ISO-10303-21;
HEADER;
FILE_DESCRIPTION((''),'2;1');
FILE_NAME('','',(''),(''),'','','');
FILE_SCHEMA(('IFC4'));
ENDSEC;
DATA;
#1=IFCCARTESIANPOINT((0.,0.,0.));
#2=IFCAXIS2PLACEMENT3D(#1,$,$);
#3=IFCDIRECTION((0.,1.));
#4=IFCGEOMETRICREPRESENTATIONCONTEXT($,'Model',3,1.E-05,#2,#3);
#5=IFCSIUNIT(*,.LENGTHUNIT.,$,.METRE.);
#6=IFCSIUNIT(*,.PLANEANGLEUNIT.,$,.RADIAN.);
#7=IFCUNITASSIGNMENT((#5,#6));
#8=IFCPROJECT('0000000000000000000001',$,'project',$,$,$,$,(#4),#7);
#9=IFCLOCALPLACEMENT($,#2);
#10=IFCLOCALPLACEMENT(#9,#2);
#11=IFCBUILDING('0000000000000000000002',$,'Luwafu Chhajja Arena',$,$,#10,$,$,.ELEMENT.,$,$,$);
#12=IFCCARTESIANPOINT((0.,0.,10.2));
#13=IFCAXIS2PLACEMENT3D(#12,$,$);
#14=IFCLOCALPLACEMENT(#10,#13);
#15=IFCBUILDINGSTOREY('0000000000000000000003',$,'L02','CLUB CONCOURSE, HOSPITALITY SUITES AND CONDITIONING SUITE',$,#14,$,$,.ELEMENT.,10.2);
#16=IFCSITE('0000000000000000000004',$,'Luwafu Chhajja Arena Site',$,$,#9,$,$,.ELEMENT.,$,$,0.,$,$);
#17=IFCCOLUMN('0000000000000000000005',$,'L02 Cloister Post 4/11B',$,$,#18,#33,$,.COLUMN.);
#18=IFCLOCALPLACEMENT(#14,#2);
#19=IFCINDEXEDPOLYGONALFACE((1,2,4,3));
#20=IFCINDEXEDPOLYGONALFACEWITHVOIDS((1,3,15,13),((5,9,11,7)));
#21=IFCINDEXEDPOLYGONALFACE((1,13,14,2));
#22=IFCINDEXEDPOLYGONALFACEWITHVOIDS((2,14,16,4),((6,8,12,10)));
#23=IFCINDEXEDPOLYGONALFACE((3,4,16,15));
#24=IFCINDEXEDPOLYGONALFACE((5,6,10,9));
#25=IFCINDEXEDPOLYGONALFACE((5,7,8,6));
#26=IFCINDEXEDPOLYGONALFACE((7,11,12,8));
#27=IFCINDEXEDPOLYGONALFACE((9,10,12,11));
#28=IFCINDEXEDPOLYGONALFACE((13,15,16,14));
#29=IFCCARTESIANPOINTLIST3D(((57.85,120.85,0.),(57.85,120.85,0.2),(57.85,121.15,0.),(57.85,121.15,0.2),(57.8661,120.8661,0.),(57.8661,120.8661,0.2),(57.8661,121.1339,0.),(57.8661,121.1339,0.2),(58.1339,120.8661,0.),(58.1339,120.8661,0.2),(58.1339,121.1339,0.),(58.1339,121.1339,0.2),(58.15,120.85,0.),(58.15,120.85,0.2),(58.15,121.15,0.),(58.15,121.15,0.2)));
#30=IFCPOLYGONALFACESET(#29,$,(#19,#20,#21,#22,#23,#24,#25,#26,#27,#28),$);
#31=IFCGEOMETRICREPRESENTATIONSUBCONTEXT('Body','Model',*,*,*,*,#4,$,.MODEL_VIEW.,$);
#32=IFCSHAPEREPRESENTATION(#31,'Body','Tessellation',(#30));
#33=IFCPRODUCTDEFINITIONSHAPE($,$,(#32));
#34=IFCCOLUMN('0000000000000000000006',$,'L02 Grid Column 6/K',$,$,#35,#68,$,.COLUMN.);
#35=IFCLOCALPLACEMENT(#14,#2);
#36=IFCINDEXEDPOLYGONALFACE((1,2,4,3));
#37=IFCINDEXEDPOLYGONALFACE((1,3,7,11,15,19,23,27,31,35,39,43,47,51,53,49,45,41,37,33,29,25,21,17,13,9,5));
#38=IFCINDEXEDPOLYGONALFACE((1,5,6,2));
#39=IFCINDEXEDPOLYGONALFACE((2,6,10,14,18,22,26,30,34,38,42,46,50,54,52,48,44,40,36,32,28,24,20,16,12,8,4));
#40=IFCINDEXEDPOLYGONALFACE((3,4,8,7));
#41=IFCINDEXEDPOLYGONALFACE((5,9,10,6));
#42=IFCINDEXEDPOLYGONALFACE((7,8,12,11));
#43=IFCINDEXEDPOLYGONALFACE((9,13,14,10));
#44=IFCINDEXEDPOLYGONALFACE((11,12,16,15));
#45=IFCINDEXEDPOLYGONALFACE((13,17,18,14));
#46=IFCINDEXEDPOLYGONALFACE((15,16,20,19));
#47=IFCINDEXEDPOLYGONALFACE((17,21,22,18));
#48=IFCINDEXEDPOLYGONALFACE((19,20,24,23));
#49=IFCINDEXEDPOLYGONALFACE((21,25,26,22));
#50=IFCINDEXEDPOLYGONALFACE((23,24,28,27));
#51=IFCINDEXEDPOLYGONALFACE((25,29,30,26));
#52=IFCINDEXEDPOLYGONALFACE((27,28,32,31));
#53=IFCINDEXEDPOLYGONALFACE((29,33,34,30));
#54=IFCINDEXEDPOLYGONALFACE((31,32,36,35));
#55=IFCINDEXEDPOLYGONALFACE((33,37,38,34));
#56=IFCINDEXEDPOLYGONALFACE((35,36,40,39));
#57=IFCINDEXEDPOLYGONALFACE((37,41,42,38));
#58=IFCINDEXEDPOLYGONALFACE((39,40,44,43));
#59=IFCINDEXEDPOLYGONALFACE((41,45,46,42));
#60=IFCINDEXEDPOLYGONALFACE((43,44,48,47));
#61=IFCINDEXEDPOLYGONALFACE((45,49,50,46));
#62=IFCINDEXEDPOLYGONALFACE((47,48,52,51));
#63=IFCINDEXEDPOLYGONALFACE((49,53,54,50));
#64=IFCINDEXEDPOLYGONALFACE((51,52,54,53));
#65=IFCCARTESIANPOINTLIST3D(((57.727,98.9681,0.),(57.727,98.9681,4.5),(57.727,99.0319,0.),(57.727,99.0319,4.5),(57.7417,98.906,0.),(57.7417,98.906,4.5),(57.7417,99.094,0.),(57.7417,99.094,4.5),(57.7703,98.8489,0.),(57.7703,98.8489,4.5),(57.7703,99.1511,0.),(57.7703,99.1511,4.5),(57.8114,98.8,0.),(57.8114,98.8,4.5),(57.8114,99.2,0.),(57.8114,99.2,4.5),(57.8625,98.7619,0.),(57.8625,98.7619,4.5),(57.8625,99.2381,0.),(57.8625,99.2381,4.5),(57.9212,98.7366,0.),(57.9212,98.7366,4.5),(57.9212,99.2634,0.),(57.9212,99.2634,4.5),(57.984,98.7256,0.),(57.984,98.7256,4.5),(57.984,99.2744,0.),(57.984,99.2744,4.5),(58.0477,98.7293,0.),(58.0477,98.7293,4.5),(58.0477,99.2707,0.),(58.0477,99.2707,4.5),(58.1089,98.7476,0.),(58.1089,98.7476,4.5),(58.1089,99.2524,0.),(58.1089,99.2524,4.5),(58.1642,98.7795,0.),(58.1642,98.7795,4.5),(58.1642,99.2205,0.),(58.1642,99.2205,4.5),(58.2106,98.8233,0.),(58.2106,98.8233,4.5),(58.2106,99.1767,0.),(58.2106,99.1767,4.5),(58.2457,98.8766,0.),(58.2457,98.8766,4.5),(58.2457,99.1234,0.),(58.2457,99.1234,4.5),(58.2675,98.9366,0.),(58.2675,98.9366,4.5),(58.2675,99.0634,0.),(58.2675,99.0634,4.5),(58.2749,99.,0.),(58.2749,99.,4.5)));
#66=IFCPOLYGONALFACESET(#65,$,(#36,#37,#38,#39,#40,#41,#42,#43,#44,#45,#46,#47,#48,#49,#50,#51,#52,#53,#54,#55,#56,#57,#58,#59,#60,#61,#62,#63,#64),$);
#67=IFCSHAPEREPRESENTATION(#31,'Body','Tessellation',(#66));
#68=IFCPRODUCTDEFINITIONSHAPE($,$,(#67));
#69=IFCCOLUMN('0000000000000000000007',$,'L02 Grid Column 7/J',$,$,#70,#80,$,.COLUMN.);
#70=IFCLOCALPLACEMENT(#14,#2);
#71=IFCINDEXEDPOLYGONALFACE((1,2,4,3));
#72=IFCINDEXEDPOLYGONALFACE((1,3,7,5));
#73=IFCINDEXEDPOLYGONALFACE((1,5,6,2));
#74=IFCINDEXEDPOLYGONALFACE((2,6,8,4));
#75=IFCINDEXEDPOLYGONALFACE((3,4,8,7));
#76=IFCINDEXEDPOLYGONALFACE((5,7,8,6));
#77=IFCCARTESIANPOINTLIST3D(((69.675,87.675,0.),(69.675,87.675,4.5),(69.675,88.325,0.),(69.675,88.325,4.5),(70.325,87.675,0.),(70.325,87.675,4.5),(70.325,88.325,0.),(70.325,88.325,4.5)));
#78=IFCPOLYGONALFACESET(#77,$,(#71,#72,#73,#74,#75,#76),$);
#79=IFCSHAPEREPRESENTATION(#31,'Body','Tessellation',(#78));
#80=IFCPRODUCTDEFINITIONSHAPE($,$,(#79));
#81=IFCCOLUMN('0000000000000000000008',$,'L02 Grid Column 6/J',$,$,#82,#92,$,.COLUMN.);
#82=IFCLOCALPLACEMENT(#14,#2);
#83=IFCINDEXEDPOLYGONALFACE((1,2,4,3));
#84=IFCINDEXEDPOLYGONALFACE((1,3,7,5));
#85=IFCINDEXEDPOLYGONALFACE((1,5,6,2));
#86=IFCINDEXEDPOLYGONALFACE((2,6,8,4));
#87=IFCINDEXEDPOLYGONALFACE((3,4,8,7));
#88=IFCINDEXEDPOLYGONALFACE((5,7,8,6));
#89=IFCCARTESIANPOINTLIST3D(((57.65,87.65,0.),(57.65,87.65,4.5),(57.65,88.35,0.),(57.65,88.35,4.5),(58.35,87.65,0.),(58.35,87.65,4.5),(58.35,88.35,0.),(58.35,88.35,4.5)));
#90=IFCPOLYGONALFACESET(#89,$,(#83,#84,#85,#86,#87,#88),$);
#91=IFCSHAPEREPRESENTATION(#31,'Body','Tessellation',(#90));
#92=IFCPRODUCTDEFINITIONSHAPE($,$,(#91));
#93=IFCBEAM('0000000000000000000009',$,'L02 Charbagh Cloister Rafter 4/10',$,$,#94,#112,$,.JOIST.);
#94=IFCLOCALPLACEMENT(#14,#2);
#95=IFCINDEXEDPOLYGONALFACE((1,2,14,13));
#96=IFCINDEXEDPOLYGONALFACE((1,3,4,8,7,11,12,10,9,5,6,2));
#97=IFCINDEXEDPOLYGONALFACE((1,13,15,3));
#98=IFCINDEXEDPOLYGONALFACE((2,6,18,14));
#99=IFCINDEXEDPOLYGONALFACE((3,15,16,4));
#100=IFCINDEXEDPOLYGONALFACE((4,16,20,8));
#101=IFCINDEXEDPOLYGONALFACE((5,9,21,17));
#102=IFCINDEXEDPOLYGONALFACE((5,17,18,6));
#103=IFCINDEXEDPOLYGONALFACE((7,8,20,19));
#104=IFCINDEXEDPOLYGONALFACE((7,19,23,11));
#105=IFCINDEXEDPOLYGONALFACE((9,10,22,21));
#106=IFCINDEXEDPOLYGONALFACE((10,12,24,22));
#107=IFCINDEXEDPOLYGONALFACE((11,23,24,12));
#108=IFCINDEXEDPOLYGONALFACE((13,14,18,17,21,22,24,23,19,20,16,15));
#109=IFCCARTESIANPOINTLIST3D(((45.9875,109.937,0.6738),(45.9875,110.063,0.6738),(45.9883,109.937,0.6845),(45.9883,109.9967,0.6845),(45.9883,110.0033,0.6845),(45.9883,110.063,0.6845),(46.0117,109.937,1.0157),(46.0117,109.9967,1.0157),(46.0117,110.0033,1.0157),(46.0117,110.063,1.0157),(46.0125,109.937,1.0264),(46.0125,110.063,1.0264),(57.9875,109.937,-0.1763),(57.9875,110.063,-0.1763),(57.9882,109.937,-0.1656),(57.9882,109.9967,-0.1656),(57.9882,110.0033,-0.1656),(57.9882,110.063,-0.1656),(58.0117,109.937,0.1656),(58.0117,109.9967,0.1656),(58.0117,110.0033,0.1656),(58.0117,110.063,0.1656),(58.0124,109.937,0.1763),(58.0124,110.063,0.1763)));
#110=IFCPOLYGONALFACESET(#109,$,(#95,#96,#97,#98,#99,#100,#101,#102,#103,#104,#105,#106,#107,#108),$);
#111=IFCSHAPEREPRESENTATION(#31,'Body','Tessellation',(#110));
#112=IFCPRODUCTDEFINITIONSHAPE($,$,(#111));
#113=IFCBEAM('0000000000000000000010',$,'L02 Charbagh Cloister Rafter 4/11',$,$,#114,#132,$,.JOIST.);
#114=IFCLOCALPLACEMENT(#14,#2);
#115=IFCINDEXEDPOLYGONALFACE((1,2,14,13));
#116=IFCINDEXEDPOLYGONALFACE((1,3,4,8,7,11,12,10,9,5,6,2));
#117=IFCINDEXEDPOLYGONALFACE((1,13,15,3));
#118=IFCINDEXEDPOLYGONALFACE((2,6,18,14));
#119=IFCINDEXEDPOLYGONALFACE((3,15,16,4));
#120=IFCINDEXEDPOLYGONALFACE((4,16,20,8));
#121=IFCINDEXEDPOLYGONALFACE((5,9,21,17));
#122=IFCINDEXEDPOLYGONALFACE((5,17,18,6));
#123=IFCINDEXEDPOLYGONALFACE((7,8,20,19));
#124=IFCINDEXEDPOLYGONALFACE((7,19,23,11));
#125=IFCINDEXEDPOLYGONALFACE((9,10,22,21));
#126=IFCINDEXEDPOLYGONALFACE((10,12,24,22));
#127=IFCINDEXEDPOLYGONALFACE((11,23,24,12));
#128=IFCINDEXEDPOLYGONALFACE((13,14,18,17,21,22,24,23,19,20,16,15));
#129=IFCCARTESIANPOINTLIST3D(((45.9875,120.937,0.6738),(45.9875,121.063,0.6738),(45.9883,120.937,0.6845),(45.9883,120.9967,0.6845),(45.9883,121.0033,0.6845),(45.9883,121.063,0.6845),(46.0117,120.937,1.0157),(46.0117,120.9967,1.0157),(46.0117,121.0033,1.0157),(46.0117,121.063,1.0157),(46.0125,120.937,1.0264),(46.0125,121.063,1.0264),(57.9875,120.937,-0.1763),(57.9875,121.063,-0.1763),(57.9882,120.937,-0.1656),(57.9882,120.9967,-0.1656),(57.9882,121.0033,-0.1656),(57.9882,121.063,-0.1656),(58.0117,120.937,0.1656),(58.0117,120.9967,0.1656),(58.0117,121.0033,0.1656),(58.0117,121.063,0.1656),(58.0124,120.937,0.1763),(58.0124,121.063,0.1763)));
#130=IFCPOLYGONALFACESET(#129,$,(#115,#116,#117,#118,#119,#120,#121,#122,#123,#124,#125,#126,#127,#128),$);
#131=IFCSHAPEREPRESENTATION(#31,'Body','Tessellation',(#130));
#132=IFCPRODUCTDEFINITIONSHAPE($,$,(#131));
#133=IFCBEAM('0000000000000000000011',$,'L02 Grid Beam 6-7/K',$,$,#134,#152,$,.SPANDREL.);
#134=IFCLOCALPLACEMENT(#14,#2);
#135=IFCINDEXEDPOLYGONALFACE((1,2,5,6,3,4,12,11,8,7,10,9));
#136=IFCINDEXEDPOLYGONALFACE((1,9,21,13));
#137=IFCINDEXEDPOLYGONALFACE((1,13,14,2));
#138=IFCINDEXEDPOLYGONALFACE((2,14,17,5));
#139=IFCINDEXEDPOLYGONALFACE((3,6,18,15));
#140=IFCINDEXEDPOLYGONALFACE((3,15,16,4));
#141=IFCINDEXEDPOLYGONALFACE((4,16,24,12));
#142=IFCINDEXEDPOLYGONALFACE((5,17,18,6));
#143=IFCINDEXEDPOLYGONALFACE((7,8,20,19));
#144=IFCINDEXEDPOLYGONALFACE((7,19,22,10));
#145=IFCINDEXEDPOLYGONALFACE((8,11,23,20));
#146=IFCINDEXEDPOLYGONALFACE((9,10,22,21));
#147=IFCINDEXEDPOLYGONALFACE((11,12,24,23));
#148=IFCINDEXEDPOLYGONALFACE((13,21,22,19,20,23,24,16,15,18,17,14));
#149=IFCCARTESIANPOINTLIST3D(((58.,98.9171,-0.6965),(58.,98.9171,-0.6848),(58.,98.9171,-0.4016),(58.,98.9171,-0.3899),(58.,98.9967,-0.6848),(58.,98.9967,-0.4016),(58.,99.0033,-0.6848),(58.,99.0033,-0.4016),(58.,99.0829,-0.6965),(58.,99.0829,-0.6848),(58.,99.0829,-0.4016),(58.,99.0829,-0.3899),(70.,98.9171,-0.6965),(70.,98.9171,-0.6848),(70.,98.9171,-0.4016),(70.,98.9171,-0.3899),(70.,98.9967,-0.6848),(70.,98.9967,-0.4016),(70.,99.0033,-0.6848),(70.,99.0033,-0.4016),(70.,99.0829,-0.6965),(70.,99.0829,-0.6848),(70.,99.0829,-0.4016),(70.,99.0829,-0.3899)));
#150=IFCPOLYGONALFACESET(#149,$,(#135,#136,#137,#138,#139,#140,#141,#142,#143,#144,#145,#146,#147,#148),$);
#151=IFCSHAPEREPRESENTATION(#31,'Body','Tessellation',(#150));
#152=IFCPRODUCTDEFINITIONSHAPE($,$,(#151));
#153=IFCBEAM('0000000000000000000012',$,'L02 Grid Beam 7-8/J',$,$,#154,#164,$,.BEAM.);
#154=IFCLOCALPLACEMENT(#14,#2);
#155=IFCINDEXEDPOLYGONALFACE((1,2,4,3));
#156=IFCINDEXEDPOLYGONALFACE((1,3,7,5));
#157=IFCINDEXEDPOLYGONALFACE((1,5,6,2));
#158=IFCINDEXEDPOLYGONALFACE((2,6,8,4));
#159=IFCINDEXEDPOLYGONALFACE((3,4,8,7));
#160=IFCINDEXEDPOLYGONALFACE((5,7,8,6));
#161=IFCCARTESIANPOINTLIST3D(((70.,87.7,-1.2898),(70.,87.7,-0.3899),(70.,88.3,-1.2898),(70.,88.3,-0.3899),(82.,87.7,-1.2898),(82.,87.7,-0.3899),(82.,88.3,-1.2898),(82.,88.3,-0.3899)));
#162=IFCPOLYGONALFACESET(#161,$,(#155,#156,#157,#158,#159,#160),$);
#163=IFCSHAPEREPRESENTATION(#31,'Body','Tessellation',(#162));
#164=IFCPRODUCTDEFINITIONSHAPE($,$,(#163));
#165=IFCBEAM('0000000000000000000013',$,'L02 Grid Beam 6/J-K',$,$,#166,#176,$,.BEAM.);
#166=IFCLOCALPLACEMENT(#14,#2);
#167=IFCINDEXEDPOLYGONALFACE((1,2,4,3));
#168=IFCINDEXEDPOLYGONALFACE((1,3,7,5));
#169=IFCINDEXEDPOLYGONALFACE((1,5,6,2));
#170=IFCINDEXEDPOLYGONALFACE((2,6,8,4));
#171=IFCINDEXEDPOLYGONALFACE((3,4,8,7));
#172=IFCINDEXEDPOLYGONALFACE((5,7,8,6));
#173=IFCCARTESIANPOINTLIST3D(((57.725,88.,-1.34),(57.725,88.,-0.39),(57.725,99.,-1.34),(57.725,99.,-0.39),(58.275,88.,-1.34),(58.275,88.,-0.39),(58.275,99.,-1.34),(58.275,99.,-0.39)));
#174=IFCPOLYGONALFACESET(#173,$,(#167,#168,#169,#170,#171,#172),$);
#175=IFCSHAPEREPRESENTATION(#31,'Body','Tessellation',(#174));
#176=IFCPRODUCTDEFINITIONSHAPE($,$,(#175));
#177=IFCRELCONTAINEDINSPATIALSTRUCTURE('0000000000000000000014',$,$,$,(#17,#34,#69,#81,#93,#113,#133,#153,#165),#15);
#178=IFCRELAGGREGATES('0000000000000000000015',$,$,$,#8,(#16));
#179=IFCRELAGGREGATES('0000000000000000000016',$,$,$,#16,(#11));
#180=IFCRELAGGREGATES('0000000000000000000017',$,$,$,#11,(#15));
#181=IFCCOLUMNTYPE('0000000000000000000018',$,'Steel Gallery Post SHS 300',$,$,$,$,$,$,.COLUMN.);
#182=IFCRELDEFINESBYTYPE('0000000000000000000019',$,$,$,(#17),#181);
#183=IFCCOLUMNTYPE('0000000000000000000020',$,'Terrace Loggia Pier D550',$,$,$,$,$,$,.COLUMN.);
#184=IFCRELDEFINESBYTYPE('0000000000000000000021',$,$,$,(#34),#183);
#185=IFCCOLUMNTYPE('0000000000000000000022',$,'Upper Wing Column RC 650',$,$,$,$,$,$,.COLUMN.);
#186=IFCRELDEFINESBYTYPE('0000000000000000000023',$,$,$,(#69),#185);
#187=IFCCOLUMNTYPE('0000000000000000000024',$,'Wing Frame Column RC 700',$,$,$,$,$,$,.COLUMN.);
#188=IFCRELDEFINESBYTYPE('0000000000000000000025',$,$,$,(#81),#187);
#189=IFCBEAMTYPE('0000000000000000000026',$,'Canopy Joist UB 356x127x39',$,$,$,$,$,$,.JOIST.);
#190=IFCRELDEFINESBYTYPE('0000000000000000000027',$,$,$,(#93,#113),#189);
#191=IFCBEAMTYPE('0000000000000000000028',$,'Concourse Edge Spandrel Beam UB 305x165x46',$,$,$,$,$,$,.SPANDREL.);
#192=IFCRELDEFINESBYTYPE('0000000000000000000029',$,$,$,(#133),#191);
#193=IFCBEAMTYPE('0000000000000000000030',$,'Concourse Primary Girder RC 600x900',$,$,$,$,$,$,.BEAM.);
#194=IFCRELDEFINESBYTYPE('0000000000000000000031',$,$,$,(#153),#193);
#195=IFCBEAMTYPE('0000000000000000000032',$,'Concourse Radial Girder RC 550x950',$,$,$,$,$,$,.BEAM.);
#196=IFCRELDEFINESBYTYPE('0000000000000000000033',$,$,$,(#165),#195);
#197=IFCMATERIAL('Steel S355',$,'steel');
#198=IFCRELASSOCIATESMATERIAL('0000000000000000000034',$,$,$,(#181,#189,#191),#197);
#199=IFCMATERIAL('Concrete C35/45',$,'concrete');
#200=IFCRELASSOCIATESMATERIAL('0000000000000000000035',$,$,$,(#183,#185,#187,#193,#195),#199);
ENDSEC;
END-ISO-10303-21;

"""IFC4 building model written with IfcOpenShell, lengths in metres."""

from ifc_helpers import new_model, si_unit, direction, frame, origin, origin_2d, place, context, subcontext, project, spatial, rectangle, hollow_rectangle, circle, i_section, extrude, material, material_profile, profile_set, type_object, element, save


model = new_model("IFC4")

# Units and contexts
model_context = context("Model", 3, precision=1e-05, world=origin(), true_north=direction((0.0, 1.0)))
body_context = subcontext(model_context, "Body", "Model", "MODEL_VIEW")
ifc_project = project(units=[si_unit("LENGTHUNIT", "METRE"), si_unit("PLANEANGLEUNIT", "RADIAN")], contexts=[model_context])

# Site, building, storey
site_placement = place(None, origin())
site = spatial("IfcSite", under=ifc_project, at=site_placement, Name="Luwafu Chhajja Arena Site", CompositionType="ELEMENT", RefElevation=0.0)
building_placement = place(site_placement, origin())
building = spatial("IfcBuilding", under=site, at=building_placement, Name="Luwafu Chhajja Arena", CompositionType="ELEMENT")
storey_placement = place(building_placement, frame((0.0, 0.0, 10.2)))
storey = spatial("IfcBuildingStorey", under=building, at=storey_placement, Name="L02", Description="CLUB CONCOURSE, HOSPITALITY SUITES AND CONDITIONING SUITE", CompositionType="ELEMENT", Elevation=10.2)

# Columns
ifc_material_1 = material(Name="Steel S355", Category="steel")
ifc_material_profile_1 = material_profile(ifc_material_1, hollow_rectangle(XDim=0.3, YDim=0.3, WallThickness=0.0161, at=origin_2d()), Name="SHS 300x300x16")
ifc_profile_set_1 = profile_set([ifc_material_profile_1], Name="Steel S355")
column_type_1 = type_object("IfcColumnType", Name="Steel Gallery Post SHS 300", PredefinedType="COLUMN", material=ifc_profile_set_1)
column_1_placement = place(storey_placement, frame((58.0, 121.0, 0.0), z_axis=(0.0, 0.0, 1.0), x_axis=(1.0, 0.0, 0.0)))
element("IfcColumn", 1, at=column_1_placement, inside=storey, type_object=column_type_1, Name="L02 Cloister Post 4/11B", PredefinedType="COLUMN", context=body_context, shape_type="SweptSolid", body=[
    extrude(hollow_rectangle(XDim=0.3, YDim=0.3, WallThickness=0.0161, at=origin_2d()), origin(), (0.0, 0.0, 1.0), 0.2),
])
ifc_material_2 = material(Name="Concrete C35/45", Category="concrete")
ifc_material_profile_2 = material_profile(ifc_material_2, circle(Radius=0.2749, at=origin_2d()), Name="RC COL D550")
ifc_profile_set_2 = profile_set([ifc_material_profile_2], Name="Concrete C35/45")
column_type_2 = type_object("IfcColumnType", Name="Terrace Loggia Pier D550", PredefinedType="COLUMN", material=ifc_profile_set_2)
column_2_placement = place(storey_placement, frame((58.0, 99.0, 0.0), z_axis=(0.0, 0.0, 1.0), x_axis=(1.0, 0.0, 0.0)))
element("IfcColumn", 2, at=column_2_placement, inside=storey, type_object=column_type_2, Name="L02 Grid Column 6/K", PredefinedType="COLUMN", context=body_context, shape_type="SweptSolid", body=[
    extrude(circle(Radius=0.2749, at=origin_2d()), origin(), (0.0, 0.0, 1.0), 4.5),
])
ifc_material_profile_3 = material_profile(ifc_material_2, rectangle(XDim=0.6499, YDim=0.6499, at=origin_2d()), Name="RC 650x650")
ifc_profile_set_3 = profile_set([ifc_material_profile_3], Name="Concrete C35/45")
column_type_3 = type_object("IfcColumnType", Name="Upper Wing Column RC 650", PredefinedType="COLUMN", material=ifc_profile_set_3)
column_3_placement = place(storey_placement, frame((70.0, 88.0, 0.0), z_axis=(0.0, 0.0, 1.0), x_axis=(1.0, 0.0, 0.0)))
element("IfcColumn", 3, at=column_3_placement, inside=storey, type_object=column_type_3, Name="L02 Grid Column 7/J", PredefinedType="COLUMN", context=body_context, shape_type="SweptSolid", body=[
    extrude(rectangle(XDim=0.6499, YDim=0.6499, at=origin_2d()), origin(), (0.0, 0.0, 1.0), 4.5),
])
ifc_material_profile_4 = material_profile(ifc_material_2, rectangle(XDim=0.7, YDim=0.7, at=origin_2d()), Name="RC 700x700")
ifc_profile_set_4 = profile_set([ifc_material_profile_4], Name="Concrete C35/45")
column_type_4 = type_object("IfcColumnType", Name="Wing Frame Column RC 700", PredefinedType="COLUMN", material=ifc_profile_set_4)
column_4_placement = place(storey_placement, frame((58.0, 88.0, 0.0), z_axis=(0.0, 0.0, 1.0), x_axis=(1.0, 0.0, 0.0)))
element("IfcColumn", 4, at=column_4_placement, inside=storey, type_object=column_type_4, Name="L02 Grid Column 6/J", PredefinedType="COLUMN", context=body_context, shape_type="SweptSolid", body=[
    extrude(rectangle(XDim=0.7, YDim=0.7, at=origin_2d()), origin(), (0.0, 0.0, 1.0), 4.5),
])

# Beams
ifc_material_profile_5 = material_profile(ifc_material_1, i_section(OverallWidth=0.126, OverallDepth=0.3535, WebThickness=0.0066, FlangeThickness=0.0107, at=origin_2d()), Name="UB 356x127x39")
ifc_profile_set_5 = profile_set([ifc_material_profile_5], Name="Steel S355")
beam_type_1 = type_object("IfcBeamType", Name="Canopy Joist UB 356x127x39", PredefinedType="JOIST", material=ifc_profile_set_5)
for number, where, z_axis, x_axis, name in (
    (5, (46.0, 110.0, 0.8501), (0.9975, 0.0, -0.070664), (0.0, 1.0, 0.0), "L02 Charbagh Cloister Rafter 4/10"),
    (6, (46.0, 121.0, 0.8501), (0.9975, 0.0, -0.070664), (0.0, 1.0, 0.0), "L02 Charbagh Cloister Rafter 4/11"),
):
    element("IfcBeam", number, at=place(storey_placement, frame(where, z_axis=z_axis, x_axis=x_axis)), inside=storey, type_object=beam_type_1, Name=name, PredefinedType="JOIST", context=body_context, shape_type="SweptSolid", body=[
        extrude(i_section(OverallWidth=0.126, OverallDepth=0.3535, WebThickness=0.0066, FlangeThickness=0.0107, at=origin_2d()), origin(), (0.0, 0.0, 1.0), 12.03),
    ])
ifc_material_profile_6 = material_profile(ifc_material_1, i_section(OverallWidth=0.1658, OverallDepth=0.3066, WebThickness=0.0066, FlangeThickness=0.0117, at=origin_2d()), Name="UB 305x165x46")
ifc_profile_set_6 = profile_set([ifc_material_profile_6], Name="Steel S355")
beam_type_2 = type_object("IfcBeamType", Name="Concourse Edge Spandrel Beam UB 305x165x46", PredefinedType="SPANDREL", material=ifc_profile_set_6)
beam_1_placement = place(storey_placement, frame((58.0, 99.0, -0.5432), z_axis=(1.0, 0.0, 0.0), x_axis=(0.0, 1.0, 0.0)))
element("IfcBeam", 7, at=beam_1_placement, inside=storey, type_object=beam_type_2, Name="L02 Grid Beam 6-7/K", PredefinedType="SPANDREL", context=body_context, shape_type="SweptSolid", body=[
    extrude(i_section(OverallWidth=0.1658, OverallDepth=0.3066, WebThickness=0.0066, FlangeThickness=0.0117, at=origin_2d()), origin(), (0.0, 0.0, 1.0), 12.0),
])
ifc_material_profile_7 = material_profile(ifc_material_2, rectangle(XDim=0.6001, YDim=0.8999, at=origin_2d()), Name="RC 600x900")
ifc_profile_set_7 = profile_set([ifc_material_profile_7], Name="Concrete C35/45")
beam_type_3 = type_object("IfcBeamType", Name="Concourse Primary Girder RC 600x900", PredefinedType="BEAM", material=ifc_profile_set_7)
beam_2_placement = place(storey_placement, frame((70.0, 88.0, -0.8398), z_axis=(1.0, 0.0, 0.0), x_axis=(0.0, 1.0, 0.0)))
element("IfcBeam", 8, at=beam_2_placement, inside=storey, type_object=beam_type_3, Name="L02 Grid Beam 7-8/J", PredefinedType="BEAM", context=body_context, shape_type="SweptSolid", body=[
    extrude(rectangle(XDim=0.6001, YDim=0.8999, at=origin_2d()), origin(), (0.0, 0.0, 1.0), 12.0),
])
ifc_material_profile_8 = material_profile(ifc_material_2, rectangle(XDim=0.55, YDim=0.95, at=origin_2d()), Name="RC 550x950")
ifc_profile_set_8 = profile_set([ifc_material_profile_8], Name="Concrete C35/45")
beam_type_4 = type_object("IfcBeamType", Name="Concourse Radial Girder RC 550x950", PredefinedType="BEAM", material=ifc_profile_set_8)
beam_3_placement = place(storey_placement, frame((58.0, 88.0, -0.865), z_axis=(0.0, 1.0, 0.0), x_axis=(-1.0, 0.0, 0.0)))
element("IfcBeam", 9, at=beam_3_placement, inside=storey, type_object=beam_type_4, Name="L02 Grid Beam 6/J-K", PredefinedType="BEAM", context=body_context, shape_type="SweptSolid", body=[
    extrude(rectangle(XDim=0.55, YDim=0.95, at=origin_2d()), origin(), (0.0, 0.0, 1.0), 11.0),
])

save(model, "model.ifc")
